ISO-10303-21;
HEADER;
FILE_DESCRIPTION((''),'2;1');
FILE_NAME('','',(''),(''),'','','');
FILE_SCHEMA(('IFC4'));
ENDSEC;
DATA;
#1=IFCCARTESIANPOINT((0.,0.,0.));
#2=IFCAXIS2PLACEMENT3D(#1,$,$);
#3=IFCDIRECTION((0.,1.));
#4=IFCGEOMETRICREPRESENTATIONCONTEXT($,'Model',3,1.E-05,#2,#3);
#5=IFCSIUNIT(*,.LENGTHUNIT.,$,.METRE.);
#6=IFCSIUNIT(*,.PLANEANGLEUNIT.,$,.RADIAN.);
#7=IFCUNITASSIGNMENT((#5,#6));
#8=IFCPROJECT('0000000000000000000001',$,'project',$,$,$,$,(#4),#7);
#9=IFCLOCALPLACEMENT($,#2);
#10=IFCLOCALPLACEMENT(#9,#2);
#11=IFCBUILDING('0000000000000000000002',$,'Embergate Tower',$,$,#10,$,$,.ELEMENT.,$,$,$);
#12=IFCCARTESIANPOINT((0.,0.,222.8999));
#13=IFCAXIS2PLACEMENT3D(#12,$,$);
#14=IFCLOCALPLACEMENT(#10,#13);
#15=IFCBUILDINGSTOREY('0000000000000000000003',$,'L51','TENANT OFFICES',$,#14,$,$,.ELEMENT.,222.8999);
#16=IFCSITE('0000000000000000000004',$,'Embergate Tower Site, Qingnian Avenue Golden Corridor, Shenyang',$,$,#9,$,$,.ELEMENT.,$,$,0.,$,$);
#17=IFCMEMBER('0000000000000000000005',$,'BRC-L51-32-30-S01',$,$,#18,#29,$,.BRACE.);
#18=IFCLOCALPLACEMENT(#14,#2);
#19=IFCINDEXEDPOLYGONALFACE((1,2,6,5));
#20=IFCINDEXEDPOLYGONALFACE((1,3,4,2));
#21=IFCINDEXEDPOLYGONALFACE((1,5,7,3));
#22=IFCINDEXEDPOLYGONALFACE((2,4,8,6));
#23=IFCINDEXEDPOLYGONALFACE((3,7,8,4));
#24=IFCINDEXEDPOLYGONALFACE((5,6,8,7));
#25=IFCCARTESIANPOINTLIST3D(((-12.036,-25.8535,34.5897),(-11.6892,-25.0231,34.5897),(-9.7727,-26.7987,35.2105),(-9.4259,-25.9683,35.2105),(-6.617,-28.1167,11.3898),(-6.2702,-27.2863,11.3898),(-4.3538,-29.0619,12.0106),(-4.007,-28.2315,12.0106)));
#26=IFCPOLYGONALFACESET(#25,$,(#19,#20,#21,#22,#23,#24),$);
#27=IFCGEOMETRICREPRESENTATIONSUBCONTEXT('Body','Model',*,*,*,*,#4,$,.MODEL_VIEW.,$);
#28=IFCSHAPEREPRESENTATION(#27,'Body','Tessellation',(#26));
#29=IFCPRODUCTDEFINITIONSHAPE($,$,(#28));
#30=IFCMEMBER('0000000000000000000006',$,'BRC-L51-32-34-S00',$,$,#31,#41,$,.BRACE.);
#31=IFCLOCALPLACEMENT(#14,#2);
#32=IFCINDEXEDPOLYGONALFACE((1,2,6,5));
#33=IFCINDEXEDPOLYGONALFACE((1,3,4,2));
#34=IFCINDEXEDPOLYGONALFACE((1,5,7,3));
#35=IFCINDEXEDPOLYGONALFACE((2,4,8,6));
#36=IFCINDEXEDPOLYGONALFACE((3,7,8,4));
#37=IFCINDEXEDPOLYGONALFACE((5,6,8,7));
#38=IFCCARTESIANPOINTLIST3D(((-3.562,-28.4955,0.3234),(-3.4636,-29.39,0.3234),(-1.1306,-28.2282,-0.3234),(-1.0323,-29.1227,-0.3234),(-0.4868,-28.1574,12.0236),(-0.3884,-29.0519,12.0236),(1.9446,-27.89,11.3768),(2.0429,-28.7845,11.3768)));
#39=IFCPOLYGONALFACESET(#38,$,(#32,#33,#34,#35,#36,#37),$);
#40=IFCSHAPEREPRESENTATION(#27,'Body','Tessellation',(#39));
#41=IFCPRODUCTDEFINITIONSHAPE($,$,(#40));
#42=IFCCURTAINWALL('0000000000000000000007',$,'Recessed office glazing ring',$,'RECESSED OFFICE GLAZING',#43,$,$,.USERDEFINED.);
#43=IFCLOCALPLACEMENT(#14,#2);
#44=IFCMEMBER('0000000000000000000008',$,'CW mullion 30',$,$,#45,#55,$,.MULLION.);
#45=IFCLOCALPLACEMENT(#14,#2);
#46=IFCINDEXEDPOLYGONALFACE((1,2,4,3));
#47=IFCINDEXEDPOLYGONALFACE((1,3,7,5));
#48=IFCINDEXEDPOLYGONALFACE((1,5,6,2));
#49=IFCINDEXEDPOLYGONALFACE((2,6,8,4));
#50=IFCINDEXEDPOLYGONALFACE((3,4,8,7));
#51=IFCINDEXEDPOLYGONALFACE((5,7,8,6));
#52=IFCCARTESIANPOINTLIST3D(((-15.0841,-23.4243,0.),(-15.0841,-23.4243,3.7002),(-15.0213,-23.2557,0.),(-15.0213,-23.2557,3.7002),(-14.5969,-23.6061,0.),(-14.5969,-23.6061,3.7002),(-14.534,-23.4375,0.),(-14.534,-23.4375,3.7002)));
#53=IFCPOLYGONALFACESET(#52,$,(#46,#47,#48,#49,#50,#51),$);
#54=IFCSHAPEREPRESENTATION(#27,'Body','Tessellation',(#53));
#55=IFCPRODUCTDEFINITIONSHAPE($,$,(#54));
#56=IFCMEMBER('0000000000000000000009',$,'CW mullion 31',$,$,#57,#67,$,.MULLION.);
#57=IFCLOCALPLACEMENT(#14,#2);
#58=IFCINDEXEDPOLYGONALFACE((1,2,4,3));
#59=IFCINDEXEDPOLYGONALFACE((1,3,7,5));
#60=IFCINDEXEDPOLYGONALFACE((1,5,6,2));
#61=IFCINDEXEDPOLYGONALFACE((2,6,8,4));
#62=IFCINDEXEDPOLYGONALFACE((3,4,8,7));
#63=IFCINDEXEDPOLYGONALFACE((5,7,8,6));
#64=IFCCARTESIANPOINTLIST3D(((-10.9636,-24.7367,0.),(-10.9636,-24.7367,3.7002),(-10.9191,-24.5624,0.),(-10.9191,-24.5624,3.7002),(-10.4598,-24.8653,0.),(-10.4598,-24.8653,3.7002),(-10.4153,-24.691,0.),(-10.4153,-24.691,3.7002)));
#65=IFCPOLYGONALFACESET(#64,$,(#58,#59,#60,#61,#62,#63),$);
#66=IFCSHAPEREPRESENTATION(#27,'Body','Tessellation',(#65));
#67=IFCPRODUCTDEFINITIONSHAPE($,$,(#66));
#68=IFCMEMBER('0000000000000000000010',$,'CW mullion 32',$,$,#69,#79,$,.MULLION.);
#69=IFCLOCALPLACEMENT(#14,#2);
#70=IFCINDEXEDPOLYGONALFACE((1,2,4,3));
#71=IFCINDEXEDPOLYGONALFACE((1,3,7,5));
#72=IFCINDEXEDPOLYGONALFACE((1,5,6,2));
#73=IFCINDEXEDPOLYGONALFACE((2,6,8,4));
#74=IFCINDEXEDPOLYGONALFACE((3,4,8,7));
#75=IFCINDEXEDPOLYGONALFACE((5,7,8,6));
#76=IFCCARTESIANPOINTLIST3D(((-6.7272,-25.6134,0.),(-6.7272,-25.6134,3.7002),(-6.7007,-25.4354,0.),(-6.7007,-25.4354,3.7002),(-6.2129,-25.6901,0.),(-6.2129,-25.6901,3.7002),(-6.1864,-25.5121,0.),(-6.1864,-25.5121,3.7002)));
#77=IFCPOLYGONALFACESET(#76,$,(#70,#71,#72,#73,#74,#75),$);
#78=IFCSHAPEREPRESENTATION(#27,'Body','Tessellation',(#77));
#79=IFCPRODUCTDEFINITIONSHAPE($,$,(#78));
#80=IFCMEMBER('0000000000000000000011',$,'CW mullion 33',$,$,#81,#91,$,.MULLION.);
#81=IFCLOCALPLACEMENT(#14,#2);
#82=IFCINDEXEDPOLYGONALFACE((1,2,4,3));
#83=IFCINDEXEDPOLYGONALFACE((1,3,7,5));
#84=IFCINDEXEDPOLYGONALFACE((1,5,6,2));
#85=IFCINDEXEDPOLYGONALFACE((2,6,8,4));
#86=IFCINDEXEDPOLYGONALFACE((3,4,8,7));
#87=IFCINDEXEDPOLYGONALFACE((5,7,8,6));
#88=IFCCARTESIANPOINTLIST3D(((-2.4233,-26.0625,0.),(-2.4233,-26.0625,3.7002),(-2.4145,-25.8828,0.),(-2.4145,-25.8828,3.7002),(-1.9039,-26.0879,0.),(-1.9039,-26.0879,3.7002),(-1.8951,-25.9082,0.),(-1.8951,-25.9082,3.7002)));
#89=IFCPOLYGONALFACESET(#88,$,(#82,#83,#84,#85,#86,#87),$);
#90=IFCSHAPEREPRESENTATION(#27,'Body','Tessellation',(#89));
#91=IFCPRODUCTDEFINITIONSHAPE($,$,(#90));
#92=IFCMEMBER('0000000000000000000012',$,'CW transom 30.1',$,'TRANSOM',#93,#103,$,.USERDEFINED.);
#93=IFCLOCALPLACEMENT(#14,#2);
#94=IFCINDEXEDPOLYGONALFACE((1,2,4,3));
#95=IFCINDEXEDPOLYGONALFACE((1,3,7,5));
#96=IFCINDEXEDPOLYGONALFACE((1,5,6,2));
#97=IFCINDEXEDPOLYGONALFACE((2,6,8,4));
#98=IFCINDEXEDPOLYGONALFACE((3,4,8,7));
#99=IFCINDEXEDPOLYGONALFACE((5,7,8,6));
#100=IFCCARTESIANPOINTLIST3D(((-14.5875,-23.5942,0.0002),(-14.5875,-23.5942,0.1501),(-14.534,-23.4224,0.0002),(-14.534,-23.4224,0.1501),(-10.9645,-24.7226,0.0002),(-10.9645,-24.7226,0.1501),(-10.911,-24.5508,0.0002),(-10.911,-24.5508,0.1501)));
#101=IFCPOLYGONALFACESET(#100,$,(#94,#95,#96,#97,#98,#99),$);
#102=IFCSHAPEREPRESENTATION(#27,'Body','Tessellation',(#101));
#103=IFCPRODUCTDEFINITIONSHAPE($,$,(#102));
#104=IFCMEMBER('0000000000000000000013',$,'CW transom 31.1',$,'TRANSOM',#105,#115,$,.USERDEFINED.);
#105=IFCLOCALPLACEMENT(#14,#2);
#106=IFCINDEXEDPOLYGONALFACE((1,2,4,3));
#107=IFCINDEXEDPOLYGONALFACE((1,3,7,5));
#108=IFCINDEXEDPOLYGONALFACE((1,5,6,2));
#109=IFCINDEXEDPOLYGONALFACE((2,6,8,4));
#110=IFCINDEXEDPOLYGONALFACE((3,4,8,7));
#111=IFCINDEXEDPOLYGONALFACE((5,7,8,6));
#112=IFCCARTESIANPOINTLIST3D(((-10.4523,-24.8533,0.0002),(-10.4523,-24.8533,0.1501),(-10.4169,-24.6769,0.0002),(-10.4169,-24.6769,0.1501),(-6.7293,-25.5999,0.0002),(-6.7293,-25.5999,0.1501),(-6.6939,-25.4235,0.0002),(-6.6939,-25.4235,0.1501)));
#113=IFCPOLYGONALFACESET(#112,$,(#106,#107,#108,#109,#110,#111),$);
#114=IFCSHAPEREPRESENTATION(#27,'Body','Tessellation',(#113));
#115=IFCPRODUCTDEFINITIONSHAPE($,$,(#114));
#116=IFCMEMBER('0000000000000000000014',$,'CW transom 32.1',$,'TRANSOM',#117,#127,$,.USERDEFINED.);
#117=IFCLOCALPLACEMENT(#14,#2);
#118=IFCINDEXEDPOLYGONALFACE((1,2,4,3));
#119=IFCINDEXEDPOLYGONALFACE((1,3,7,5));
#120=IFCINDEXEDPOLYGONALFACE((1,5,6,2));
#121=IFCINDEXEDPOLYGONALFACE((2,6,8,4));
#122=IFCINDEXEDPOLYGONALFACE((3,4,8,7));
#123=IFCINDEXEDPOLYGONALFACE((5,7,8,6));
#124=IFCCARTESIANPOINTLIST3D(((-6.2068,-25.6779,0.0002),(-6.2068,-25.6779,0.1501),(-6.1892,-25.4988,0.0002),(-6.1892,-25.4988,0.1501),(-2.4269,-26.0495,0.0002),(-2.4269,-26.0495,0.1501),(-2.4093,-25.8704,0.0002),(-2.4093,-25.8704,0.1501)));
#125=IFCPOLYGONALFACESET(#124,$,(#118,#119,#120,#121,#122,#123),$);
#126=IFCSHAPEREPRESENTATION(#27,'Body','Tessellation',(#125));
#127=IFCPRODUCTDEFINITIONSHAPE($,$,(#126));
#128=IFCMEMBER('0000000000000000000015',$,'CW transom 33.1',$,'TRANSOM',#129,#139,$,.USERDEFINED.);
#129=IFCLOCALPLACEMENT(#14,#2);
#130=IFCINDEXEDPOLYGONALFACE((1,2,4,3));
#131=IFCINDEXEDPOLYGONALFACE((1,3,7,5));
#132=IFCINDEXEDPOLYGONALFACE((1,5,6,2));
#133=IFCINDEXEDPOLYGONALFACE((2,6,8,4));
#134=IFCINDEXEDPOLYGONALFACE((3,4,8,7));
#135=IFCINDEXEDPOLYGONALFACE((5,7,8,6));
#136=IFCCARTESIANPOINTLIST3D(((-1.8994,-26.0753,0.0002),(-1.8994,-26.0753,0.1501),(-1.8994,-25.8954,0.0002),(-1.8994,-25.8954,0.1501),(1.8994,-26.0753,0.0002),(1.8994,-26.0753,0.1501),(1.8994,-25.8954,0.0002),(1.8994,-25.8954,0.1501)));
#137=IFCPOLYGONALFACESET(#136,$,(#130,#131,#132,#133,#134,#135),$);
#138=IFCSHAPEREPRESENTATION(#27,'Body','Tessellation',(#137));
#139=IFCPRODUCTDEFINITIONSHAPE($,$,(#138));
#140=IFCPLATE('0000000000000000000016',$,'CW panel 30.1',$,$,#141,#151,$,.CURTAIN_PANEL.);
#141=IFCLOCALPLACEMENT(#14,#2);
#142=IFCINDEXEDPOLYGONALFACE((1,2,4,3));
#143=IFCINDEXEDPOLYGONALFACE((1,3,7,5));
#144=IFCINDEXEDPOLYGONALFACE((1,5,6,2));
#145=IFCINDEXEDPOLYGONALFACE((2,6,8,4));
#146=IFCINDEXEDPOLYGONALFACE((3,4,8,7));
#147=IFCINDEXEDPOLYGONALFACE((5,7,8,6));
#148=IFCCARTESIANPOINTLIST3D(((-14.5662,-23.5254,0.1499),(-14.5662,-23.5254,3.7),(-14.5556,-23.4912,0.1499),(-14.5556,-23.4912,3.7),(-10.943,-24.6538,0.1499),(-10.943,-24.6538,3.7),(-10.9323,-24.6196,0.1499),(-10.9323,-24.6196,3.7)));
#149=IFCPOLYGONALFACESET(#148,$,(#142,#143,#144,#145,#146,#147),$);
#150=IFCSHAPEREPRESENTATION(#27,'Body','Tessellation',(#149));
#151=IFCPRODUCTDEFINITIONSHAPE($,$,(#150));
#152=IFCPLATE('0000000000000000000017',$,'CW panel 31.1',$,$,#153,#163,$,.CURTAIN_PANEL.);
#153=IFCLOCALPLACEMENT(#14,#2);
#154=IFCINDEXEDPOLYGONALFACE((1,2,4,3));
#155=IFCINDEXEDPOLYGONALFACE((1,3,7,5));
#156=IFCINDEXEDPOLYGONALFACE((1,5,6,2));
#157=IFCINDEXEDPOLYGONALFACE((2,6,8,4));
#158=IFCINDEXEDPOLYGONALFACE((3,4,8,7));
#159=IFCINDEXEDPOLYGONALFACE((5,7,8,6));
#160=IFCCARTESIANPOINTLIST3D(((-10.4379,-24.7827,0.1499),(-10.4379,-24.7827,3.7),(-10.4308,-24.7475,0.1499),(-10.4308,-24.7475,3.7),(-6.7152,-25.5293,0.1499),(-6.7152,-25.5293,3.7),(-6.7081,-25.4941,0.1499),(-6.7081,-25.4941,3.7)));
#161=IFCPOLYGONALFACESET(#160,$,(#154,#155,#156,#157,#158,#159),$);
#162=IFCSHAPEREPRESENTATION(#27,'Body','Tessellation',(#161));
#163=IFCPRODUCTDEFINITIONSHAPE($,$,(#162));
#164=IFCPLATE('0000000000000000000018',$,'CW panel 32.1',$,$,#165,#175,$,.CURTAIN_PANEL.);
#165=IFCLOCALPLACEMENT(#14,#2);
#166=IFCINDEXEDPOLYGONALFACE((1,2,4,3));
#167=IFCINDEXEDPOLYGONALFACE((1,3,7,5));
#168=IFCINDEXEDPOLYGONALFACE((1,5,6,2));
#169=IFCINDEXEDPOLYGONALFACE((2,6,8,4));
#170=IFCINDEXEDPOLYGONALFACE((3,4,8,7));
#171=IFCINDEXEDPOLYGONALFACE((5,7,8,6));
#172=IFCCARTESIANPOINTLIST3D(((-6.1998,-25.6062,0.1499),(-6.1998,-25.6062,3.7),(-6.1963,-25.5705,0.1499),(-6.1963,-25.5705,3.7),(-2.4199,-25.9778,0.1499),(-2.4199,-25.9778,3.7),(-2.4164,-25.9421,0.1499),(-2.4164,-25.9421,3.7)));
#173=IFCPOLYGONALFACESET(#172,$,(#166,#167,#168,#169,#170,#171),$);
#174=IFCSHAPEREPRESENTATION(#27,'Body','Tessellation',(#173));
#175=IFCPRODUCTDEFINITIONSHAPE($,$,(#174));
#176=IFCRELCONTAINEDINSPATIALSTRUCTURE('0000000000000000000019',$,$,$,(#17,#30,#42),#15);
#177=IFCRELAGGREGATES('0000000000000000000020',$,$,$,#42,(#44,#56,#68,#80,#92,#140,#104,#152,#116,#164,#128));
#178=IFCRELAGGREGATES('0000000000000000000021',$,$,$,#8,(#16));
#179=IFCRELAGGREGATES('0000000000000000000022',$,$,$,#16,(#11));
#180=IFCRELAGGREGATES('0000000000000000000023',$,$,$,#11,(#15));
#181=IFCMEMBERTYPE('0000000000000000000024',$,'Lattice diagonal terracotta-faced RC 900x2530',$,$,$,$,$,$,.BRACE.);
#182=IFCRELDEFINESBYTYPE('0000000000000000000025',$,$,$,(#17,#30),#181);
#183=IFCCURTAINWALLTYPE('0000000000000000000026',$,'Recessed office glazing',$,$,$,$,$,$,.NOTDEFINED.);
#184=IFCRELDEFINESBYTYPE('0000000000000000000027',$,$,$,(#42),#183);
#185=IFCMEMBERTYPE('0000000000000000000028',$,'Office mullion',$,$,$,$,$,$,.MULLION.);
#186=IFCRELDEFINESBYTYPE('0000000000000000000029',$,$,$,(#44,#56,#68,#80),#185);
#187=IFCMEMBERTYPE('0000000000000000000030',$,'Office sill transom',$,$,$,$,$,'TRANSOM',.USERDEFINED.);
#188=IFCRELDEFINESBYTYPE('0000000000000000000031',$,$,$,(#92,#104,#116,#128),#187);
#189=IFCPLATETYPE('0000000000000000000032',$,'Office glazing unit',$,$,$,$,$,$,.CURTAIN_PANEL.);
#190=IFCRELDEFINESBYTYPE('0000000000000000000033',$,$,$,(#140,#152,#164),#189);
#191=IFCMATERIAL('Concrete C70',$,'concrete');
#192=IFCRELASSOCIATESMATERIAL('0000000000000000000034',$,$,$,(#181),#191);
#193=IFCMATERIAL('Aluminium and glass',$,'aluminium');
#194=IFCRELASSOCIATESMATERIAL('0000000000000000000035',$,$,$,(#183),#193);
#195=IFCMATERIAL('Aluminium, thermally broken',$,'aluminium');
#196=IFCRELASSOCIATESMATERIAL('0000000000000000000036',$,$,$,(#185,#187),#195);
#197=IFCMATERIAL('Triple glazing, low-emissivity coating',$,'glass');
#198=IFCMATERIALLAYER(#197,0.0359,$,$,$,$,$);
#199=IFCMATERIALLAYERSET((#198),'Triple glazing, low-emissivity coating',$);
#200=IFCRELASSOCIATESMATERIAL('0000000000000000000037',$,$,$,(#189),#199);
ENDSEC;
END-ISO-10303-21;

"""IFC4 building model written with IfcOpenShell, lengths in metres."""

from ifc_helpers import new_model, si_unit, direction, frame, origin, origin_2d, place, context, subcontext, project, spatial, rectangle, extrude, source, transform, mapped, material, layer, layer_set, material_profile, profile_set, type_object, element, aggregate, save


model = new_model("IFC4")

# Units and contexts
model_context = context("Model", 3, precision=1e-05, world=origin(), true_north=direction((0.0, 1.0)))
body_context = subcontext(model_context, "Body", "Model", "MODEL_VIEW")
ifc_project = project(units=[si_unit("LENGTHUNIT", "METRE"), si_unit("PLANEANGLEUNIT", "RADIAN")], contexts=[model_context])

# Site, building, storey
site_placement = place(None, origin())
site = spatial("IfcSite", under=ifc_project, at=site_placement, Name="Embergate Tower Site, Qingnian Avenue Golden Corridor, Shenyang", CompositionType="ELEMENT", RefElevation=0.0)
building_placement = place(site_placement, origin())
building = spatial("IfcBuilding", under=site, at=building_placement, Name="Embergate Tower", CompositionType="ELEMENT")
storey_placement = place(building_placement, frame((0.0, 0.0, 222.8999)))
storey = spatial("IfcBuildingStorey", under=building, at=storey_placement, Name="L51", Description="TENANT OFFICES", CompositionType="ELEMENT", Elevation=222.8999)

# Members
ifc_material_1 = material(Name="Concrete C70", Category="concrete")
ifc_material_profile_1 = material_profile(ifc_material_1, rectangle(XDim=0.8999, YDim=2.53, at=origin_2d()), Name="RC 900x2530")
ifc_profile_set_1 = profile_set([ifc_material_profile_1], Name="Concrete C70")
member_type_1 = type_object("IfcMemberType", Name="Lattice diagonal terracotta-faced RC 900x2530", PredefinedType="BRACE", material=ifc_profile_set_1)
shared_shape_1 = source(origin(), body_context, "Body", "SweptSolid", [
    extrude(rectangle(XDim=0.8999, YDim=2.53, at=origin_2d()), origin(), (0.0, 0.0, 1.0), 23.9316),
])
member_1_placement = place(storey_placement, frame((-5.312, -28.1741, 11.7002), z_axis=(-0.226434, 0.094569, 0.969425), x_axis=(-0.385383, -0.922757, 0.0)))
element("IfcMember", 1, at=member_1_placement, inside=storey, type_object=member_type_1, Name="BRC-L51-32-30-S01", PredefinedType="BRACE", context=body_context, shape_type="MappedRepresentation", body=[
    mapped(shared_shape_1, transform((0.0, 0.0, 0.0))),
])
shared_shape_2 = source(origin(), body_context, "Body", "SweptSolid", [
    extrude(rectangle(XDim=0.8999, YDim=2.53, at=origin_2d()), origin(), (0.0, 0.0, 1.0), 12.1023),
])
member_2_placement = place(storey_placement, frame((-2.2971, -28.8091, 0.0), z_axis=(0.2541, 0.02794, 0.966774), x_axis=(-0.109297, 0.994009, 0.0)))
element("IfcMember", 2, at=member_2_placement, inside=storey, type_object=member_type_1, Name="BRC-L51-32-34-S00", PredefinedType="BRACE", context=body_context, shape_type="MappedRepresentation", body=[
    mapped(shared_shape_2, transform((0.0, 0.0, 0.0))),
])

# Curtain wall, members
ifc_material_2 = material(Name="Aluminium and glass", Category="aluminium")
curtain_wall_type = type_object("IfcCurtainWallType", Name="Recessed office glazing", PredefinedType="NOTDEFINED", material=ifc_material_2)
curtain_wall_placement = place(storey_placement, origin())
curtain_wall = element("IfcCurtainWall", 3, at=curtain_wall_placement, inside=storey, type_object=curtain_wall_type, Name="Recessed office glazing ring", ObjectType="RECESSED OFFICE GLAZING", PredefinedType="USERDEFINED")
ifc_material_3 = material(Name="Aluminium, thermally broken", Category="aluminium")
ifc_material_profile_2 = material_profile(ifc_material_3, rectangle(XDim=0.1799, YDim=0.52, at=origin_2d()), Name="AL 520x180")
ifc_profile_set_2 = profile_set([ifc_material_profile_2], Name="Aluminium, thermally broken")
member_type_2 = type_object("IfcMemberType", Name="Office mullion", PredefinedType="MULLION", material=ifc_profile_set_2)
shared_shape_3 = source(origin(), body_context, "Body", "SweptSolid", [
    extrude(rectangle(XDim=0.1799, YDim=0.52, at=origin_2d()), origin(), (0.0, 0.0, 1.0), 3.7002),
])
member_3_placement = place(storey_placement, frame((-14.8091, -23.4309, 0.0), z_axis=(0.0, 0.0, 1.0), x_axis=(0.349504, 0.936935, 0.0)))
member_3 = element("IfcMember", 4, at=member_3_placement, type_object=member_type_2, Name="CW mullion 30", PredefinedType="MULLION", context=body_context, shape_type="MappedRepresentation", body=[
    mapped(shared_shape_3, transform((0.0, 0.0, 0.0))),
])
member_4_placement = place(storey_placement, frame((-10.6895, -24.7139, 0.0), z_axis=(0.0, 0.0, 1.0), x_axis=(0.247314, 0.968935, 0.0)))
member_4 = element("IfcMember", 5, at=member_4_placement, type_object=member_type_2, Name="CW mullion 31", PredefinedType="MULLION", context=body_context, shape_type="MappedRepresentation", body=[
    mapped(shared_shape_3, transform((0.0, 0.0, 0.0))),
])
member_5_placement = place(storey_placement, frame((-6.4568, -25.5627, 0.0), z_axis=(0.0, 0.0, 1.0), x_axis=(0.147414, 0.989075, 0.0)))
member_5 = element("IfcMember", 6, at=member_5_placement, type_object=member_type_2, Name="CW mullion 32", PredefinedType="MULLION", context=body_context, shape_type="MappedRepresentation", body=[
    mapped(shared_shape_3, transform((0.0, 0.0, 0.0))),
])
member_6_placement = place(storey_placement, frame((-2.1592, -25.9854, 0.0), z_axis=(0.0, 0.0, 1.0), x_axis=(0.048972, 0.9988, 0.0)))
member_6 = element("IfcMember", 7, at=member_6_placement, type_object=member_type_2, Name="CW mullion 33", PredefinedType="MULLION", context=body_context, shape_type="MappedRepresentation", body=[
    mapped(shared_shape_3, transform((0.0, 0.0, 0.0))),
])
ifc_material_profile_3 = material_profile(ifc_material_3, rectangle(XDim=0.1799, YDim=0.1499, at=origin_2d()), Name="AL 150x180")
ifc_profile_set_3 = profile_set([ifc_material_profile_3], Name="Aluminium, thermally broken")
member_type_3 = type_object("IfcMemberType", Name="Office sill transom", ElementType="TRANSOM", PredefinedType="USERDEFINED", material=ifc_profile_set_3)
shared_shape_4 = source(origin(), body_context, "Body", "SweptSolid", [
    extrude(rectangle(XDim=0.1799, YDim=0.1499, at=origin_2d()), origin(), (0.0, 0.0, 1.0), 3.7947),
])
member_7_placement = place(storey_placement, frame((-14.5608, -23.5083, 0.0752), z_axis=(0.954763, -0.297366, 0.0), x_axis=(0.297366, 0.954763, 0.0)))
member_7 = element("IfcMember", 8, at=member_7_placement, type_object=member_type_3, Name="CW transom 30.1", ObjectType="TRANSOM", PredefinedType="USERDEFINED", context=body_context, shape_type="MappedRepresentation", body=[
    mapped(shared_shape_4, transform((0.0, 0.0, 0.0))),
])
shared_shape_5 = source(origin(), body_context, "Body", "SweptSolid", [
    extrude(rectangle(XDim=0.1799, YDim=0.1499, at=origin_2d()), origin(), (0.0, 0.0, 1.0), 3.7971),
])
member_8_placement = place(storey_placement, frame((-10.4346, -24.7651, 0.0752), z_axis=(0.980479, -0.196623, 0.0), x_axis=(0.196623, 0.980479, 0.0)))
member_8 = element("IfcMember", 9, at=member_8_placement, type_object=member_type_3, Name="CW transom 31.1", ObjectType="TRANSOM", PredefinedType="USERDEFINED", context=body_context, shape_type="MappedRepresentation", body=[
    mapped(shared_shape_5, transform((0.0, 0.0, 0.0))),
])
shared_shape_6 = source(origin(), body_context, "Body", "SweptSolid", [
    extrude(rectangle(XDim=0.1799, YDim=0.1499, at=origin_2d()), origin(), (0.0, 0.0, 1.0), 3.7981),
])
member_9_placement = place(storey_placement, frame((-6.198, -25.5884, 0.0752), z_axis=(0.995203, -0.097836, 0.0), x_axis=(0.097836, 0.995203, 0.0)))
member_9 = element("IfcMember", 10, at=member_9_placement, type_object=member_type_3, Name="CW transom 32.1", ObjectType="TRANSOM", PredefinedType="USERDEFINED", context=body_context, shape_type="MappedRepresentation", body=[
    mapped(shared_shape_6, transform((0.0, 0.0, 0.0))),
])
shared_shape_7 = source(origin(), body_context, "Body", "SweptSolid", [
    extrude(rectangle(XDim=0.1799, YDim=0.1499, at=origin_2d()), origin(), (0.0, 0.0, 1.0), 3.7988),
])
member_10_placement = place(storey_placement, frame((-1.8994, -25.9854, 0.0752), z_axis=(1.0, 0.0, 0.0), x_axis=(0.0, 1.0, 0.0)))
member_10 = element("IfcMember", 11, at=member_10_placement, type_object=member_type_3, Name="CW transom 33.1", ObjectType="TRANSOM", PredefinedType="USERDEFINED", context=body_context, shape_type="MappedRepresentation", body=[
    mapped(shared_shape_7, transform((0.0, 0.0, 0.0))),
])

# Plates
ifc_material_4 = material(Name="Triple glazing, low-emissivity coating", Category="glass")
ifc_layer_1 = layer(ifc_material_4, 0.0359)
ifc_layer_set_1 = layer_set([ifc_layer_1], Name="Triple glazing, low-emissivity coating")
plate_type = type_object("IfcPlateType", Name="Office glazing unit", PredefinedType="CURTAIN_PANEL", material=ifc_layer_set_1)
shared_shape_8 = source(origin(), body_context, "Body", "SweptSolid", [
    extrude(rectangle(XDim=3.7949, YDim=0.0359, at=origin_2d()), origin(), (0.0, 0.0, 1.0), 3.55),
])
plate_1_placement = place(storey_placement, frame((-12.7493, -24.0725, 0.1499), z_axis=(0.0, 0.0, 1.0), x_axis=(0.954771, -0.297343, 0.0)))
plate_1 = element("IfcPlate", 12, at=plate_1_placement, type_object=plate_type, Name="CW panel 30.1", PredefinedType="CURTAIN_PANEL", context=body_context, shape_type="MappedRepresentation", body=[
    mapped(shared_shape_8, transform((0.0, 0.0, 0.0))),
])
shared_shape_9 = source(origin(), body_context, "Body", "SweptSolid", [
    extrude(rectangle(XDim=3.7969, YDim=0.0359, at=origin_2d()), origin(), (0.0, 0.0, 1.0), 3.55),
])
plate_2_placement = place(storey_placement, frame((-8.573, -25.1384, 0.1499), z_axis=(0.0, 0.0, 1.0), x_axis=(0.980475, -0.196643, 0.0)))
plate_2 = element("IfcPlate", 13, at=plate_2_placement, type_object=plate_type, Name="CW panel 31.1", PredefinedType="CURTAIN_PANEL", context=body_context, shape_type="MappedRepresentation", body=[
    mapped(shared_shape_9, transform((0.0, 0.0, 0.0))),
])
shared_shape_10 = source(origin(), body_context, "Body", "SweptSolid", [
    extrude(rectangle(XDim=3.7981, YDim=0.0359, at=origin_2d()), origin(), (0.0, 0.0, 1.0), 3.55),
])
plate_3_placement = place(storey_placement, frame((-4.3081, -25.7742, 0.1499), z_axis=(0.0, 0.0, 1.0), x_axis=(0.995203, -0.097831, 0.0)))
plate_3 = element("IfcPlate", 14, at=plate_3_placement, type_object=plate_type, Name="CW panel 32.1", PredefinedType="CURTAIN_PANEL", context=body_context, shape_type="MappedRepresentation", body=[
    mapped(shared_shape_10, transform((0.0, 0.0, 0.0))),
])
aggregate(curtain_wall, [member_3, member_4, member_5, member_6, member_7, plate_1, member_8, plate_2, member_9, plate_3, member_10])

save(model, "model.ifc")
